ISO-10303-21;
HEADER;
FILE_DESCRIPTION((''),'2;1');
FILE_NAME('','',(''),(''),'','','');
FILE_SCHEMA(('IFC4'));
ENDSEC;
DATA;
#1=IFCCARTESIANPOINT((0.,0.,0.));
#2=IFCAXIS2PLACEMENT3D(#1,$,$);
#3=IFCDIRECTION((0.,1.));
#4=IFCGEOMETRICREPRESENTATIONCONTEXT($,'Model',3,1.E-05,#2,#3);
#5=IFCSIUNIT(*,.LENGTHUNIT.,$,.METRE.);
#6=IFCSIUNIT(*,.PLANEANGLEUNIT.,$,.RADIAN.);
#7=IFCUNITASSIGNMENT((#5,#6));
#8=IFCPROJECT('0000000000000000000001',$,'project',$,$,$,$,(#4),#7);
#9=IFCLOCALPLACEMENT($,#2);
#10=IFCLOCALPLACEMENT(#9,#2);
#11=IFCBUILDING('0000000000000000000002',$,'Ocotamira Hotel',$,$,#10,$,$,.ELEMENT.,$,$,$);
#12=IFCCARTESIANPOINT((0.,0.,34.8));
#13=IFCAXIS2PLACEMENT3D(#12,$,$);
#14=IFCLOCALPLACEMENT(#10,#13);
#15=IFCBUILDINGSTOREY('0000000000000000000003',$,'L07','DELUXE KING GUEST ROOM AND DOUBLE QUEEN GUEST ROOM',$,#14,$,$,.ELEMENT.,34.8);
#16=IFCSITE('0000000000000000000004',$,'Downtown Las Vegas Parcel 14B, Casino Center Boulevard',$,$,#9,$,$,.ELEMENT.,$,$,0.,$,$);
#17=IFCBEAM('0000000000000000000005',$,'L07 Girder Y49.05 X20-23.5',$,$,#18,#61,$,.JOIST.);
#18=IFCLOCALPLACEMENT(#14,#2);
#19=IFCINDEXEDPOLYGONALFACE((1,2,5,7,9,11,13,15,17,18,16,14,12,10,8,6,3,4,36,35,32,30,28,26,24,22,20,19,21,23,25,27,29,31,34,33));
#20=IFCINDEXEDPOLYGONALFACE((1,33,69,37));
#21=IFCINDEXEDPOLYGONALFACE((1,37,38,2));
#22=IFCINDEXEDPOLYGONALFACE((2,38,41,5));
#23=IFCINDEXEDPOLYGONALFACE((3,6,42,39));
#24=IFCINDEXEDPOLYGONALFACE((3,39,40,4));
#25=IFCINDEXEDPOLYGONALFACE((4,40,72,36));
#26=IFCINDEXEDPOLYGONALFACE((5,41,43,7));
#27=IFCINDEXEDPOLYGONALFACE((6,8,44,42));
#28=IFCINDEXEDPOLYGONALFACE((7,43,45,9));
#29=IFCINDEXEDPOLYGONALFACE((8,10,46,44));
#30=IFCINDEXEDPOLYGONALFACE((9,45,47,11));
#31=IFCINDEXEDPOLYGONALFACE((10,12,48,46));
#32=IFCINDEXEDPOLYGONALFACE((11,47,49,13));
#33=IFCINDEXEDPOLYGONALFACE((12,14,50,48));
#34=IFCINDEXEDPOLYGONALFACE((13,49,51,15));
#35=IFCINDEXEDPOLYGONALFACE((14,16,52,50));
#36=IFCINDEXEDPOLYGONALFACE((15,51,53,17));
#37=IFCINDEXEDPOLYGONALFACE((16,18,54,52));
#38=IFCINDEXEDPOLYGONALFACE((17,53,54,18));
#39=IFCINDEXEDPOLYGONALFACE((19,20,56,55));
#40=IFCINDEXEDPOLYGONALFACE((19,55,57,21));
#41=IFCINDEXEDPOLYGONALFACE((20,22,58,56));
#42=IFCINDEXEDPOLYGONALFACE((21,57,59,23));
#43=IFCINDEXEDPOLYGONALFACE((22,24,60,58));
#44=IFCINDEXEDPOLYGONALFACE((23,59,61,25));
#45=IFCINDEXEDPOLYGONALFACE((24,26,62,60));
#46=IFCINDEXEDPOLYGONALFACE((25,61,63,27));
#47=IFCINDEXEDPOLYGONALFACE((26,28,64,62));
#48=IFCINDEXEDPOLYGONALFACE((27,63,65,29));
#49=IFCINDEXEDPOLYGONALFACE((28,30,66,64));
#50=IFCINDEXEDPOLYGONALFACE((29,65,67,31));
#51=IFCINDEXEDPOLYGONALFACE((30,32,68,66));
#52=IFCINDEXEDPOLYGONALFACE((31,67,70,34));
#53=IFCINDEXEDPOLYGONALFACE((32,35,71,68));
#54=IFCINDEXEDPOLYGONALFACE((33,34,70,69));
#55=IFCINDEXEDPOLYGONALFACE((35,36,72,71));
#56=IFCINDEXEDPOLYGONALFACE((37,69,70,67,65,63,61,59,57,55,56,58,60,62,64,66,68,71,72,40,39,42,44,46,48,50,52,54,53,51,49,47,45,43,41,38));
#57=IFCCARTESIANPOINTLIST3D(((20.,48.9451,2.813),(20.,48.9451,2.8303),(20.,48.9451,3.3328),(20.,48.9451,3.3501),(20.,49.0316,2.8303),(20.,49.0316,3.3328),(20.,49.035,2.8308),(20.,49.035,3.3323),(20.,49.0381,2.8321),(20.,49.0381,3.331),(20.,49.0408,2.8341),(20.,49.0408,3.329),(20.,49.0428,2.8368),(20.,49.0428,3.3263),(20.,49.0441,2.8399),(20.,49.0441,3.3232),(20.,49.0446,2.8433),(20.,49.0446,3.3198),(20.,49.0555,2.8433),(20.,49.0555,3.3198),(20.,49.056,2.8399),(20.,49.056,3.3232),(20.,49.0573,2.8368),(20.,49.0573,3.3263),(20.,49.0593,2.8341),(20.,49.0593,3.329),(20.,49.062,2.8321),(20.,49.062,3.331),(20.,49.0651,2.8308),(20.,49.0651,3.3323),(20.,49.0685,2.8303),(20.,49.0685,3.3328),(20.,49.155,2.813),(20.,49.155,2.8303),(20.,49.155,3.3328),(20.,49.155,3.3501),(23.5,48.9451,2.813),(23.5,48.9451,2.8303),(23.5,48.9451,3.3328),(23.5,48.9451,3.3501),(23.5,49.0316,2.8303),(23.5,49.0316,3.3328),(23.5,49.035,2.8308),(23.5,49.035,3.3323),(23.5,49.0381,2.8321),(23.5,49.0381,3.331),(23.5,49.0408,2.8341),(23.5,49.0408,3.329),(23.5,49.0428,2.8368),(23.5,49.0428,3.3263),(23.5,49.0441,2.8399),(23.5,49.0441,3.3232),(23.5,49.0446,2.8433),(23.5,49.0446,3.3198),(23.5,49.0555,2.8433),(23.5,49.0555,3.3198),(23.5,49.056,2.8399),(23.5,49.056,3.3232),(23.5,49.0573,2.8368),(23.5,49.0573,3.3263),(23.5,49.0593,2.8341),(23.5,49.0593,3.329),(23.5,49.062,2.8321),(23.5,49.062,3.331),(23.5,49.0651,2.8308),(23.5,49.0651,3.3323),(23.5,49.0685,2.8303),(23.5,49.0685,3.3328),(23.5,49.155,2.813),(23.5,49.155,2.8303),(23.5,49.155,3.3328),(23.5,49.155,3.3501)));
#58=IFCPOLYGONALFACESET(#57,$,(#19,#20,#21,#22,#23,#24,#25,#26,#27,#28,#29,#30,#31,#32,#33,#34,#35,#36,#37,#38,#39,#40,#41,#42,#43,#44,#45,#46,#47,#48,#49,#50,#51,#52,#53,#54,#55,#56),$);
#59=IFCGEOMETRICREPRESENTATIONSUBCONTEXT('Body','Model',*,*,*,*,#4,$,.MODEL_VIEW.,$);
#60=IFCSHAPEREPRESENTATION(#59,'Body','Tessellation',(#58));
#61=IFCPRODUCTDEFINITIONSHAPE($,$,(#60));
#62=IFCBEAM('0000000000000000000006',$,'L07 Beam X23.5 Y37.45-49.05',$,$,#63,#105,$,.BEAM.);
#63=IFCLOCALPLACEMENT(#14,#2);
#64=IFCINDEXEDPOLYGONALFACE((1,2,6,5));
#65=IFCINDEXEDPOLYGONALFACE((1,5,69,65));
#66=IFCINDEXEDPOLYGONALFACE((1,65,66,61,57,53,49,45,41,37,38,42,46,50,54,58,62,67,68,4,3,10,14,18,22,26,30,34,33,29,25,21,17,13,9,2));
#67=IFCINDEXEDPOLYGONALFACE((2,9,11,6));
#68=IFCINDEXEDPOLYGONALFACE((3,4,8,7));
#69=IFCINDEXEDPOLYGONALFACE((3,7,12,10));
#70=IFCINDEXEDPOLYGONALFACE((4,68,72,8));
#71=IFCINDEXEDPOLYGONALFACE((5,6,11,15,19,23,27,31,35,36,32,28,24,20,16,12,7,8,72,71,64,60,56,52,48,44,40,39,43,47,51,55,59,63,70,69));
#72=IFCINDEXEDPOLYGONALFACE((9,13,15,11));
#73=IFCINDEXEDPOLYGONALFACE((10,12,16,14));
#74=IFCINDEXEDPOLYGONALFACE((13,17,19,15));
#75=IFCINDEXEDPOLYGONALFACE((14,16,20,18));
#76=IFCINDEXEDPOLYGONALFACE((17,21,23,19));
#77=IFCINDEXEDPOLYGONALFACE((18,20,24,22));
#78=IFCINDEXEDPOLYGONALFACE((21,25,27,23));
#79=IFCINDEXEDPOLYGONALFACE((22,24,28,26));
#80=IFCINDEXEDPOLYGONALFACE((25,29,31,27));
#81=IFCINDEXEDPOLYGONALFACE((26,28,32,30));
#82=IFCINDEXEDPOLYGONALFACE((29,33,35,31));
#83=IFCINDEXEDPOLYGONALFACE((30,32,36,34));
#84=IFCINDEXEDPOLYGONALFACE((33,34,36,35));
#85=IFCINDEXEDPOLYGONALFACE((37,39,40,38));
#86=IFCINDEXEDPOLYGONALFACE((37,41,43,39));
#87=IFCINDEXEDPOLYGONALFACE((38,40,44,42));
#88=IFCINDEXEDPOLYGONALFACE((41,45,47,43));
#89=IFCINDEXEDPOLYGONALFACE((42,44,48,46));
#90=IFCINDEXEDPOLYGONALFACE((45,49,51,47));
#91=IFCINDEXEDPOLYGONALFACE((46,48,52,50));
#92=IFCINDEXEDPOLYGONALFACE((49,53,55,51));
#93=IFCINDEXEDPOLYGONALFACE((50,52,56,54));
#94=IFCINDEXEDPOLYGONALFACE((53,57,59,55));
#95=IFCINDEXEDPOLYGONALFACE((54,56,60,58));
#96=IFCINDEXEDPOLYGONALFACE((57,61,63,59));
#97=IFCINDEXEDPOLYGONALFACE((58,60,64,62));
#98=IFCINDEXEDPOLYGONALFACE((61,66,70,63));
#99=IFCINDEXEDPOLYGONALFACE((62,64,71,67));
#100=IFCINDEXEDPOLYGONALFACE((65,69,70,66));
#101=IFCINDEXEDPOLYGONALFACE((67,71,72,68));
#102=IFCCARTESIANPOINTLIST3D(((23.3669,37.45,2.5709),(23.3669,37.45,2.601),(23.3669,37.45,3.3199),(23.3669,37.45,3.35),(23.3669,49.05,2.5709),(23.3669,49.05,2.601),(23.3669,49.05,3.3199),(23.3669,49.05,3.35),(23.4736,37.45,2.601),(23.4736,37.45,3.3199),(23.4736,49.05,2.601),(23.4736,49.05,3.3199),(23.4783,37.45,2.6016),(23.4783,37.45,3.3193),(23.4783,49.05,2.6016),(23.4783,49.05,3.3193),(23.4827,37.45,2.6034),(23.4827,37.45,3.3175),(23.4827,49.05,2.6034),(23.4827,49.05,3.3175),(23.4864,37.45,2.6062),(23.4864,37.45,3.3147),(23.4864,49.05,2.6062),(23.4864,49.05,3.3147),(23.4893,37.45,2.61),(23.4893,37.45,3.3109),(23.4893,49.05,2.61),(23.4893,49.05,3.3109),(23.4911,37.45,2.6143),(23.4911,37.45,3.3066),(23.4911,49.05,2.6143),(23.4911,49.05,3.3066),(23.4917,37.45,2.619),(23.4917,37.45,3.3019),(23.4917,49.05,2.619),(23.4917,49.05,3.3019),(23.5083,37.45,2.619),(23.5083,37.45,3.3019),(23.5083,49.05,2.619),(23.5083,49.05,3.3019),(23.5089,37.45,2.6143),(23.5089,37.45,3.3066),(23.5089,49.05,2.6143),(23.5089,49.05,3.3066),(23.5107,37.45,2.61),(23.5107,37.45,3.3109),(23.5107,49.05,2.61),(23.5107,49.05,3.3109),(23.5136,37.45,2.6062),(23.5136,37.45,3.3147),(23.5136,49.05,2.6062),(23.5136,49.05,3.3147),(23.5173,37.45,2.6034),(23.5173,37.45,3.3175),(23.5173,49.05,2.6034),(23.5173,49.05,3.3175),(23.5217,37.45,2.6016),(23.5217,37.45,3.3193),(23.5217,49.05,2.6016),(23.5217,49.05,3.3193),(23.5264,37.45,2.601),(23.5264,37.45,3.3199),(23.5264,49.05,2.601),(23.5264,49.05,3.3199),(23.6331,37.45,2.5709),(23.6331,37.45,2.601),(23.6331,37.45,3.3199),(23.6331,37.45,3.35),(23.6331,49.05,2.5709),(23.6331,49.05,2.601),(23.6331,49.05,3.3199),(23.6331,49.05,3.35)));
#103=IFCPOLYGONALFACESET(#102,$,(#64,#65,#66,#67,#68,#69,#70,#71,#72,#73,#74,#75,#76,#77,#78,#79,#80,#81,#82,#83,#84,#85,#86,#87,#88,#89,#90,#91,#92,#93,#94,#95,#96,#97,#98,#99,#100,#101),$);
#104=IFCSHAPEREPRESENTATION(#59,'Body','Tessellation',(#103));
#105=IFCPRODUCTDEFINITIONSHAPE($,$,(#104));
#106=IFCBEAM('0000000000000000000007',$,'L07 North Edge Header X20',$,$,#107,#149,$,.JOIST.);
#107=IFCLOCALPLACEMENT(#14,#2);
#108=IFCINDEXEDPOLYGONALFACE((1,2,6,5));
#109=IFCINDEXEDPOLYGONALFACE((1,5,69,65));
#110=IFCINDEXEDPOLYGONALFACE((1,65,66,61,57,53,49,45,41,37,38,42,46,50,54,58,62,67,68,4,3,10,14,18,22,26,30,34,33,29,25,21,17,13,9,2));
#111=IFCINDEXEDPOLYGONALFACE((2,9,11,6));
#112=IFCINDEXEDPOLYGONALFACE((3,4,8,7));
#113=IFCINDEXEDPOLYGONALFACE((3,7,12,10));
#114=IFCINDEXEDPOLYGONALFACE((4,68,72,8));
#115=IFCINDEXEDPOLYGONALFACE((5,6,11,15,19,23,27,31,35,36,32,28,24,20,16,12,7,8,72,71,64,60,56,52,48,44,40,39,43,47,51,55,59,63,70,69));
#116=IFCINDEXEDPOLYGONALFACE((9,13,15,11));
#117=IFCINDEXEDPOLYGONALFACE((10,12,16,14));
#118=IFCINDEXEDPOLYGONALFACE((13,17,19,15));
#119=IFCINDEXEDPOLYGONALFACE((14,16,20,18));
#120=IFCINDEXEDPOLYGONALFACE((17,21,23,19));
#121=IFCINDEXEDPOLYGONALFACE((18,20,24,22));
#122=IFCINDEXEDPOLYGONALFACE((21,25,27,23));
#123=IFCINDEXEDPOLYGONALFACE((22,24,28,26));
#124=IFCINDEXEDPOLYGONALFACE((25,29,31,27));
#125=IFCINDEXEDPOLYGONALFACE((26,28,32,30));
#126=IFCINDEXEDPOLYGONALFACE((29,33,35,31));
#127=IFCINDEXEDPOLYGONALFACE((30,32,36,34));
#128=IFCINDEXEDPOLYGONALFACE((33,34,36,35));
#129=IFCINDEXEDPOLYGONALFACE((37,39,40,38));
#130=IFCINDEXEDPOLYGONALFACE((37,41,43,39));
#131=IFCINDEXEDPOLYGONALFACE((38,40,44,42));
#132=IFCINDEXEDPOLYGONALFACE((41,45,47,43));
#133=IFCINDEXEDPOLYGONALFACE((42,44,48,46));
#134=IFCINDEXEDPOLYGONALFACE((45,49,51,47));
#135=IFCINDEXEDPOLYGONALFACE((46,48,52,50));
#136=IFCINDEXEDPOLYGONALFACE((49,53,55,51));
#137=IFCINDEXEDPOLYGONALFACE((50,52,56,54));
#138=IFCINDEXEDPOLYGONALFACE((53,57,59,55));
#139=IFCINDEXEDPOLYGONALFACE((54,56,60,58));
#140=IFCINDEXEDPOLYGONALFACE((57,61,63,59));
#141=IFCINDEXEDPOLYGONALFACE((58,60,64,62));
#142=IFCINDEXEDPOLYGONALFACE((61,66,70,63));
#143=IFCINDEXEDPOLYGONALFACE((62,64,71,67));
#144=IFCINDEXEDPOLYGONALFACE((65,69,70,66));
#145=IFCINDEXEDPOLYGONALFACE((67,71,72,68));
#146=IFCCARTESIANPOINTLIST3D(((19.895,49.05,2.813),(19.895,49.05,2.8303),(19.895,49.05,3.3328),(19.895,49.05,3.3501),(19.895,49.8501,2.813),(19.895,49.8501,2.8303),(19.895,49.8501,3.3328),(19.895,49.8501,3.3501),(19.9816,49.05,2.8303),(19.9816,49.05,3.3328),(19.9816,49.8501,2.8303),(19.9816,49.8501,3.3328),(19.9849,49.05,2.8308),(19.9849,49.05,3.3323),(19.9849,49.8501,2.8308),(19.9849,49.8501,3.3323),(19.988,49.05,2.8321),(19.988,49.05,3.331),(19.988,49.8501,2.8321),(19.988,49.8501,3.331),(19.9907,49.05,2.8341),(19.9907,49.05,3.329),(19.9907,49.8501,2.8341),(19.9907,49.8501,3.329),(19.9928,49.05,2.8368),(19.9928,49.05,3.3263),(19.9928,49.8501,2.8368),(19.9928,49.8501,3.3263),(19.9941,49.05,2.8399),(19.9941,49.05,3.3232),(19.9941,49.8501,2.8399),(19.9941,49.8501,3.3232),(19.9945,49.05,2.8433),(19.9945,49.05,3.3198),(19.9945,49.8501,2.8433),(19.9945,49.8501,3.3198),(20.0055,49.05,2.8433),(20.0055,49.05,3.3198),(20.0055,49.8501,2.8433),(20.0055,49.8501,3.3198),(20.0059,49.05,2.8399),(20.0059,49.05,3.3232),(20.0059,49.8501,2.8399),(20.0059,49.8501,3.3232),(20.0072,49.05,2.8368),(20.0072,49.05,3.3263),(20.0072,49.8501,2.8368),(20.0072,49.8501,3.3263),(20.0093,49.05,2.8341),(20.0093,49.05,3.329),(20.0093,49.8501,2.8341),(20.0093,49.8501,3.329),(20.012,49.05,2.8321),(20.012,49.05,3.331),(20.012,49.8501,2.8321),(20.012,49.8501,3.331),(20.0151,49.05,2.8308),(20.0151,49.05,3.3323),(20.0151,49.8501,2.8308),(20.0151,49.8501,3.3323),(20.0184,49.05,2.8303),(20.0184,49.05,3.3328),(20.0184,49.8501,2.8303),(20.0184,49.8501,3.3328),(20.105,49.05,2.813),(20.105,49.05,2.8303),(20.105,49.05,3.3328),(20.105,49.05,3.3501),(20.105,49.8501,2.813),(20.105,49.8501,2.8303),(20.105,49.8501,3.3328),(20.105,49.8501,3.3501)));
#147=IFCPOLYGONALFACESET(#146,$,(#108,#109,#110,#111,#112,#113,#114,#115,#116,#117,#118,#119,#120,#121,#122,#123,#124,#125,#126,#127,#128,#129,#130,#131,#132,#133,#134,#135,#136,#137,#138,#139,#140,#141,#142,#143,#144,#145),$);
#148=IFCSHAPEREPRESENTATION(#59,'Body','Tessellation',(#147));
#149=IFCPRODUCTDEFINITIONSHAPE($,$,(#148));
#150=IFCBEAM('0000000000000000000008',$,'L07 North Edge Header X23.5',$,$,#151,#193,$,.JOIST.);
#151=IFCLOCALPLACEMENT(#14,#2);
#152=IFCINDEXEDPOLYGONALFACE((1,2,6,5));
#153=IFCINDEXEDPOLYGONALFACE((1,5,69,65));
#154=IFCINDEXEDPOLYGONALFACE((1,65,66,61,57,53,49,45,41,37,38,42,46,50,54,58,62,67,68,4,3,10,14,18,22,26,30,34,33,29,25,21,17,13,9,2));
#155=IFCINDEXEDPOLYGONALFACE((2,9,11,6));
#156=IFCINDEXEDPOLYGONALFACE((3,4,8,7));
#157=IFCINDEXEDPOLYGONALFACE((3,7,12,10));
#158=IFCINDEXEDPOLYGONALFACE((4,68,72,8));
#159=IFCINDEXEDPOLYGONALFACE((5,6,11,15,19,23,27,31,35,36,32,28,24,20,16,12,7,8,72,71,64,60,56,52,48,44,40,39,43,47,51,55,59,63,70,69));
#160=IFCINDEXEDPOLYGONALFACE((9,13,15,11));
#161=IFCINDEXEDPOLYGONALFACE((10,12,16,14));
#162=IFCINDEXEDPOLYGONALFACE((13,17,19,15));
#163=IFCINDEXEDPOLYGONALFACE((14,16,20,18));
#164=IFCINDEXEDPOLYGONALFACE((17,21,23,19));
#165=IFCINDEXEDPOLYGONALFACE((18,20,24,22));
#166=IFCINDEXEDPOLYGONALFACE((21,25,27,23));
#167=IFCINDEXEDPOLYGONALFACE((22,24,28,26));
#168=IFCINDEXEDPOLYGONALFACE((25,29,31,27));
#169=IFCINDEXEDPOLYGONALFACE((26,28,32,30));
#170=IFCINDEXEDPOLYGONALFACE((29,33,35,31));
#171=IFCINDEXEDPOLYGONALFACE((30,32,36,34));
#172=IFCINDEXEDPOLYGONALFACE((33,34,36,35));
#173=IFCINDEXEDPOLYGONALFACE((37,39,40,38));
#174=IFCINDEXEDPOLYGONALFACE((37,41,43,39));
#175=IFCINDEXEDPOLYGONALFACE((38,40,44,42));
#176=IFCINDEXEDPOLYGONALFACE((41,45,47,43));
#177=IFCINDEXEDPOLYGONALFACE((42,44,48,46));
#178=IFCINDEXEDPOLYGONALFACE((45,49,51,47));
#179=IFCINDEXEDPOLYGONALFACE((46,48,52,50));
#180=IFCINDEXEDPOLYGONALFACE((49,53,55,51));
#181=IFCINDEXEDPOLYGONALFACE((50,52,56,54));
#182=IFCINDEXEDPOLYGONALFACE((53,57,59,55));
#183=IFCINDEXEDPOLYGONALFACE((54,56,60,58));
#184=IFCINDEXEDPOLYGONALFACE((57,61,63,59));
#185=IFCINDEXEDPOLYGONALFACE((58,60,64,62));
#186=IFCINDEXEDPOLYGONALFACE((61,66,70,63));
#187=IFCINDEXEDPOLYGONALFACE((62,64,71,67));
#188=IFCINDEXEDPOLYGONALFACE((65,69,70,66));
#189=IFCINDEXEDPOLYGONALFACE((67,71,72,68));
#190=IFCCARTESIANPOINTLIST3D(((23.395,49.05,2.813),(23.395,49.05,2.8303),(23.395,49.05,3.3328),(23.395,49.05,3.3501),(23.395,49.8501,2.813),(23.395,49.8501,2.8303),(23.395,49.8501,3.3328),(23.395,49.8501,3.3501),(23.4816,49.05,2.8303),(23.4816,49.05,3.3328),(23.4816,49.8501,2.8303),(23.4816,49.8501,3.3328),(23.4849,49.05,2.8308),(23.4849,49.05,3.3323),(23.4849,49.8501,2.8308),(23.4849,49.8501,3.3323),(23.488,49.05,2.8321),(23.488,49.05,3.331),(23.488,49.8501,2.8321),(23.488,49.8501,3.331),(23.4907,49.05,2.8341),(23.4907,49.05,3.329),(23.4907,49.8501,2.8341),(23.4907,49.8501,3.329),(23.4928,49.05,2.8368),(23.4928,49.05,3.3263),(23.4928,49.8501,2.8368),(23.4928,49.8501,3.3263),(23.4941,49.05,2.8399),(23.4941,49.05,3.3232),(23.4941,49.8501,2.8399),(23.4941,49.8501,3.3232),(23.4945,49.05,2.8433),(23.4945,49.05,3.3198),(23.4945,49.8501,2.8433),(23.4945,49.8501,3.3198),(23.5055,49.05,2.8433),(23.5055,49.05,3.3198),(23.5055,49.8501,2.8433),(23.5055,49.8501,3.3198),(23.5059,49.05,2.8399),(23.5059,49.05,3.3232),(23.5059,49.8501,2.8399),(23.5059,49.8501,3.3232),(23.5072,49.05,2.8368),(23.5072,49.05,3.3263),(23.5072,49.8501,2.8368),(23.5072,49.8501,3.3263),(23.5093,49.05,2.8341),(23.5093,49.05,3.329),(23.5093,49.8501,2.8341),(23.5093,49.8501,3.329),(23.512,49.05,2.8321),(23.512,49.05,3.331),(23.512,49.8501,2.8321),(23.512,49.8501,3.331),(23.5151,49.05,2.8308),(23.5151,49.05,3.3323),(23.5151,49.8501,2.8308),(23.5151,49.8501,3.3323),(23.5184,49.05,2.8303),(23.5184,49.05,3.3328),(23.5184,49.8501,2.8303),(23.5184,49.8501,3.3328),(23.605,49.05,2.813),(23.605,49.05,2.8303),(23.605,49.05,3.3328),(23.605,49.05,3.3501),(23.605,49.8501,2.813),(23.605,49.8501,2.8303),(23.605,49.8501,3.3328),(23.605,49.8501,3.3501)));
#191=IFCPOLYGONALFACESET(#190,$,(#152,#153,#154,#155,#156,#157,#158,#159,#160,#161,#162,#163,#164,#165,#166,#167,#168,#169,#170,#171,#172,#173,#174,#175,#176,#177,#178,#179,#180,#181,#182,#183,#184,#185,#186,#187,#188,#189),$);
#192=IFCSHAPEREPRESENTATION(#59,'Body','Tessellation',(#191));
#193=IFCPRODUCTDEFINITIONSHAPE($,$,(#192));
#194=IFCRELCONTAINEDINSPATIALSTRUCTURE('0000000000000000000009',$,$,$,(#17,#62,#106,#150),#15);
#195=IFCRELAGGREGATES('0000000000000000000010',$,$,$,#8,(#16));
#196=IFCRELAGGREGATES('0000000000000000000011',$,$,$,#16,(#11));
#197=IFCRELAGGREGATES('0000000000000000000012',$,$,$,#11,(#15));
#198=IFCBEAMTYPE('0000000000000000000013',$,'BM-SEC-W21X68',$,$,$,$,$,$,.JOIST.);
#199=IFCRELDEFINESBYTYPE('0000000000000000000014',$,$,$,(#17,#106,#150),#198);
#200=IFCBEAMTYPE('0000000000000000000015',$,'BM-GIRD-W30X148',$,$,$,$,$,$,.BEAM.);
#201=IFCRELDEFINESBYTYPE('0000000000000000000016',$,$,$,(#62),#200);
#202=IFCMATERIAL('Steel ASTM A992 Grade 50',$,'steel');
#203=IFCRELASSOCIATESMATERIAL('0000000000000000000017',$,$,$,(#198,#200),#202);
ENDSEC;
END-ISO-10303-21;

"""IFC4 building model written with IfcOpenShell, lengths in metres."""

from ifc_helpers import new_model, si_unit, direction, frame, origin, origin_2d, place, context, subcontext, project, spatial, i_section, extrude, source, transform, mapped, material, material_profile, profile_set, type_object, element, save


model = new_model("IFC4")

# Units and contexts
model_context = context("Model", 3, precision=1e-05, world=origin(), true_north=direction((0.0, 1.0)))
body_context = subcontext(model_context, "Body", "Model", "MODEL_VIEW")
ifc_project = project(units=[si_unit("LENGTHUNIT", "METRE"), si_unit("PLANEANGLEUNIT", "RADIAN")], contexts=[model_context])

# Site, building, storey
site_placement = place(None, origin())
site = spatial("IfcSite", under=ifc_project, at=site_placement, Name="Downtown Las Vegas Parcel 14B, Casino Center Boulevard", CompositionType="ELEMENT", RefElevation=0.0)
building_placement = place(site_placement, origin())
building = spatial("IfcBuilding", under=site, at=building_placement, Name="Ocotamira Hotel", CompositionType="ELEMENT")
storey_placement = place(building_placement, frame((0.0, 0.0, 34.8)))
storey = spatial("IfcBuildingStorey", under=building, at=storey_placement, Name="L07", Description="DELUXE KING GUEST ROOM AND DOUBLE QUEEN GUEST ROOM", CompositionType="ELEMENT", Elevation=34.8)

# Beams
ifc_material_1 = material(Name="Steel ASTM A992 Grade 50", Category="steel")
ifc_material_profile_1 = material_profile(ifc_material_1, i_section(OverallWidth=0.21, OverallDepth=0.5371, WebThickness=0.011, FlangeThickness=0.0173, FilletRadius=0.0129, at=origin_2d()), Name="W21X68")
ifc_profile_set_1 = profile_set([ifc_material_profile_1], Name="Steel ASTM A992 Grade 50")
beam_type_1 = type_object("IfcBeamType", Name="BM-SEC-W21X68", PredefinedType="JOIST", material=ifc_profile_set_1)
shared_shape_1 = source(origin(), body_context, "Body", "SweptSolid", [
    extrude(i_section(OverallWidth=0.21, OverallDepth=0.5371, WebThickness=0.011, FlangeThickness=0.0173, FilletRadius=0.0129, at=origin_2d()), origin(), (0.0, 0.0, 1.0), 3.5),
])
beam_1_placement = place(storey_placement, frame((20.0, 49.05, 3.0815), z_axis=(1.0, 0.0, 0.0), x_axis=(0.0, 1.0, 0.0)))
element("IfcBeam", 1, at=beam_1_placement, inside=storey, type_object=beam_type_1, Name="L07 Girder Y49.05 X20-23.5", PredefinedType="JOIST", context=body_context, shape_type="MappedRepresentation", body=[
    mapped(shared_shape_1, transform((0.0, 0.0, 0.0), scale=1.0)),
])
ifc_material_profile_2 = material_profile(ifc_material_1, i_section(OverallWidth=0.2661, OverallDepth=0.7791, WebThickness=0.0166, FlangeThickness=0.03, FilletRadius=0.0181, at=origin_2d()), Name="W30X148")
ifc_profile_set_2 = profile_set([ifc_material_profile_2], Name="Steel ASTM A992 Grade 50")
beam_type_2 = type_object("IfcBeamType", Name="BM-GIRD-W30X148", PredefinedType="BEAM", material=ifc_profile_set_2)
shared_shape_2 = source(origin(), body_context, "Body", "SweptSolid", [
    extrude(i_section(OverallWidth=0.2661, OverallDepth=0.7791, WebThickness=0.0166, FlangeThickness=0.03, FilletRadius=0.0181, at=origin_2d()), origin(), (0.0, 0.0, 1.0), 11.6001),
])
beam_2_placement = place(storey_placement, frame((23.5, 37.45, 2.9604), z_axis=(0.0, 1.0, 0.0), x_axis=(-1.0, 0.0, 0.0)))
element("IfcBeam", 2, at=beam_2_placement, inside=storey, type_object=beam_type_2, Name="L07 Beam X23.5 Y37.45-49.05", PredefinedType="BEAM", context=body_context, shape_type="MappedRepresentation", body=[
    mapped(shared_shape_2, transform((0.0, 0.0, 0.0), scale=1.0)),
])
shared_shape_3 = source(origin(), body_context, "Body", "SweptSolid", [
    extrude(i_section(OverallWidth=0.21, OverallDepth=0.5371, WebThickness=0.011, FlangeThickness=0.0173, FilletRadius=0.0129, at=origin_2d()), origin(), (0.0, 0.0, 1.0), 0.8),
])
for number, where, z_axis, x_axis, name in (
    (3, (20.0, 49.05, 3.0815), (0.0, 1.0, 0.0), (-1.0, 0.0, 0.0), "L07 North Edge Header X20"),
    (4, (23.5, 49.05, 3.0815), (0.0, 1.0, 0.0), (-1.0, 0.0, 0.0), "L07 North Edge Header X23.5"),
):
    element("IfcBeam", number, at=place(storey_placement, frame(where, z_axis=z_axis, x_axis=x_axis)), inside=storey, type_object=beam_type_1, Name=name, PredefinedType="JOIST", context=body_context, shape_type="MappedRepresentation", body=[
        mapped(shared_shape_3, transform((0.0, 0.0, 0.0), scale=1.0)),
    ])

save(model, "model.ifc")
